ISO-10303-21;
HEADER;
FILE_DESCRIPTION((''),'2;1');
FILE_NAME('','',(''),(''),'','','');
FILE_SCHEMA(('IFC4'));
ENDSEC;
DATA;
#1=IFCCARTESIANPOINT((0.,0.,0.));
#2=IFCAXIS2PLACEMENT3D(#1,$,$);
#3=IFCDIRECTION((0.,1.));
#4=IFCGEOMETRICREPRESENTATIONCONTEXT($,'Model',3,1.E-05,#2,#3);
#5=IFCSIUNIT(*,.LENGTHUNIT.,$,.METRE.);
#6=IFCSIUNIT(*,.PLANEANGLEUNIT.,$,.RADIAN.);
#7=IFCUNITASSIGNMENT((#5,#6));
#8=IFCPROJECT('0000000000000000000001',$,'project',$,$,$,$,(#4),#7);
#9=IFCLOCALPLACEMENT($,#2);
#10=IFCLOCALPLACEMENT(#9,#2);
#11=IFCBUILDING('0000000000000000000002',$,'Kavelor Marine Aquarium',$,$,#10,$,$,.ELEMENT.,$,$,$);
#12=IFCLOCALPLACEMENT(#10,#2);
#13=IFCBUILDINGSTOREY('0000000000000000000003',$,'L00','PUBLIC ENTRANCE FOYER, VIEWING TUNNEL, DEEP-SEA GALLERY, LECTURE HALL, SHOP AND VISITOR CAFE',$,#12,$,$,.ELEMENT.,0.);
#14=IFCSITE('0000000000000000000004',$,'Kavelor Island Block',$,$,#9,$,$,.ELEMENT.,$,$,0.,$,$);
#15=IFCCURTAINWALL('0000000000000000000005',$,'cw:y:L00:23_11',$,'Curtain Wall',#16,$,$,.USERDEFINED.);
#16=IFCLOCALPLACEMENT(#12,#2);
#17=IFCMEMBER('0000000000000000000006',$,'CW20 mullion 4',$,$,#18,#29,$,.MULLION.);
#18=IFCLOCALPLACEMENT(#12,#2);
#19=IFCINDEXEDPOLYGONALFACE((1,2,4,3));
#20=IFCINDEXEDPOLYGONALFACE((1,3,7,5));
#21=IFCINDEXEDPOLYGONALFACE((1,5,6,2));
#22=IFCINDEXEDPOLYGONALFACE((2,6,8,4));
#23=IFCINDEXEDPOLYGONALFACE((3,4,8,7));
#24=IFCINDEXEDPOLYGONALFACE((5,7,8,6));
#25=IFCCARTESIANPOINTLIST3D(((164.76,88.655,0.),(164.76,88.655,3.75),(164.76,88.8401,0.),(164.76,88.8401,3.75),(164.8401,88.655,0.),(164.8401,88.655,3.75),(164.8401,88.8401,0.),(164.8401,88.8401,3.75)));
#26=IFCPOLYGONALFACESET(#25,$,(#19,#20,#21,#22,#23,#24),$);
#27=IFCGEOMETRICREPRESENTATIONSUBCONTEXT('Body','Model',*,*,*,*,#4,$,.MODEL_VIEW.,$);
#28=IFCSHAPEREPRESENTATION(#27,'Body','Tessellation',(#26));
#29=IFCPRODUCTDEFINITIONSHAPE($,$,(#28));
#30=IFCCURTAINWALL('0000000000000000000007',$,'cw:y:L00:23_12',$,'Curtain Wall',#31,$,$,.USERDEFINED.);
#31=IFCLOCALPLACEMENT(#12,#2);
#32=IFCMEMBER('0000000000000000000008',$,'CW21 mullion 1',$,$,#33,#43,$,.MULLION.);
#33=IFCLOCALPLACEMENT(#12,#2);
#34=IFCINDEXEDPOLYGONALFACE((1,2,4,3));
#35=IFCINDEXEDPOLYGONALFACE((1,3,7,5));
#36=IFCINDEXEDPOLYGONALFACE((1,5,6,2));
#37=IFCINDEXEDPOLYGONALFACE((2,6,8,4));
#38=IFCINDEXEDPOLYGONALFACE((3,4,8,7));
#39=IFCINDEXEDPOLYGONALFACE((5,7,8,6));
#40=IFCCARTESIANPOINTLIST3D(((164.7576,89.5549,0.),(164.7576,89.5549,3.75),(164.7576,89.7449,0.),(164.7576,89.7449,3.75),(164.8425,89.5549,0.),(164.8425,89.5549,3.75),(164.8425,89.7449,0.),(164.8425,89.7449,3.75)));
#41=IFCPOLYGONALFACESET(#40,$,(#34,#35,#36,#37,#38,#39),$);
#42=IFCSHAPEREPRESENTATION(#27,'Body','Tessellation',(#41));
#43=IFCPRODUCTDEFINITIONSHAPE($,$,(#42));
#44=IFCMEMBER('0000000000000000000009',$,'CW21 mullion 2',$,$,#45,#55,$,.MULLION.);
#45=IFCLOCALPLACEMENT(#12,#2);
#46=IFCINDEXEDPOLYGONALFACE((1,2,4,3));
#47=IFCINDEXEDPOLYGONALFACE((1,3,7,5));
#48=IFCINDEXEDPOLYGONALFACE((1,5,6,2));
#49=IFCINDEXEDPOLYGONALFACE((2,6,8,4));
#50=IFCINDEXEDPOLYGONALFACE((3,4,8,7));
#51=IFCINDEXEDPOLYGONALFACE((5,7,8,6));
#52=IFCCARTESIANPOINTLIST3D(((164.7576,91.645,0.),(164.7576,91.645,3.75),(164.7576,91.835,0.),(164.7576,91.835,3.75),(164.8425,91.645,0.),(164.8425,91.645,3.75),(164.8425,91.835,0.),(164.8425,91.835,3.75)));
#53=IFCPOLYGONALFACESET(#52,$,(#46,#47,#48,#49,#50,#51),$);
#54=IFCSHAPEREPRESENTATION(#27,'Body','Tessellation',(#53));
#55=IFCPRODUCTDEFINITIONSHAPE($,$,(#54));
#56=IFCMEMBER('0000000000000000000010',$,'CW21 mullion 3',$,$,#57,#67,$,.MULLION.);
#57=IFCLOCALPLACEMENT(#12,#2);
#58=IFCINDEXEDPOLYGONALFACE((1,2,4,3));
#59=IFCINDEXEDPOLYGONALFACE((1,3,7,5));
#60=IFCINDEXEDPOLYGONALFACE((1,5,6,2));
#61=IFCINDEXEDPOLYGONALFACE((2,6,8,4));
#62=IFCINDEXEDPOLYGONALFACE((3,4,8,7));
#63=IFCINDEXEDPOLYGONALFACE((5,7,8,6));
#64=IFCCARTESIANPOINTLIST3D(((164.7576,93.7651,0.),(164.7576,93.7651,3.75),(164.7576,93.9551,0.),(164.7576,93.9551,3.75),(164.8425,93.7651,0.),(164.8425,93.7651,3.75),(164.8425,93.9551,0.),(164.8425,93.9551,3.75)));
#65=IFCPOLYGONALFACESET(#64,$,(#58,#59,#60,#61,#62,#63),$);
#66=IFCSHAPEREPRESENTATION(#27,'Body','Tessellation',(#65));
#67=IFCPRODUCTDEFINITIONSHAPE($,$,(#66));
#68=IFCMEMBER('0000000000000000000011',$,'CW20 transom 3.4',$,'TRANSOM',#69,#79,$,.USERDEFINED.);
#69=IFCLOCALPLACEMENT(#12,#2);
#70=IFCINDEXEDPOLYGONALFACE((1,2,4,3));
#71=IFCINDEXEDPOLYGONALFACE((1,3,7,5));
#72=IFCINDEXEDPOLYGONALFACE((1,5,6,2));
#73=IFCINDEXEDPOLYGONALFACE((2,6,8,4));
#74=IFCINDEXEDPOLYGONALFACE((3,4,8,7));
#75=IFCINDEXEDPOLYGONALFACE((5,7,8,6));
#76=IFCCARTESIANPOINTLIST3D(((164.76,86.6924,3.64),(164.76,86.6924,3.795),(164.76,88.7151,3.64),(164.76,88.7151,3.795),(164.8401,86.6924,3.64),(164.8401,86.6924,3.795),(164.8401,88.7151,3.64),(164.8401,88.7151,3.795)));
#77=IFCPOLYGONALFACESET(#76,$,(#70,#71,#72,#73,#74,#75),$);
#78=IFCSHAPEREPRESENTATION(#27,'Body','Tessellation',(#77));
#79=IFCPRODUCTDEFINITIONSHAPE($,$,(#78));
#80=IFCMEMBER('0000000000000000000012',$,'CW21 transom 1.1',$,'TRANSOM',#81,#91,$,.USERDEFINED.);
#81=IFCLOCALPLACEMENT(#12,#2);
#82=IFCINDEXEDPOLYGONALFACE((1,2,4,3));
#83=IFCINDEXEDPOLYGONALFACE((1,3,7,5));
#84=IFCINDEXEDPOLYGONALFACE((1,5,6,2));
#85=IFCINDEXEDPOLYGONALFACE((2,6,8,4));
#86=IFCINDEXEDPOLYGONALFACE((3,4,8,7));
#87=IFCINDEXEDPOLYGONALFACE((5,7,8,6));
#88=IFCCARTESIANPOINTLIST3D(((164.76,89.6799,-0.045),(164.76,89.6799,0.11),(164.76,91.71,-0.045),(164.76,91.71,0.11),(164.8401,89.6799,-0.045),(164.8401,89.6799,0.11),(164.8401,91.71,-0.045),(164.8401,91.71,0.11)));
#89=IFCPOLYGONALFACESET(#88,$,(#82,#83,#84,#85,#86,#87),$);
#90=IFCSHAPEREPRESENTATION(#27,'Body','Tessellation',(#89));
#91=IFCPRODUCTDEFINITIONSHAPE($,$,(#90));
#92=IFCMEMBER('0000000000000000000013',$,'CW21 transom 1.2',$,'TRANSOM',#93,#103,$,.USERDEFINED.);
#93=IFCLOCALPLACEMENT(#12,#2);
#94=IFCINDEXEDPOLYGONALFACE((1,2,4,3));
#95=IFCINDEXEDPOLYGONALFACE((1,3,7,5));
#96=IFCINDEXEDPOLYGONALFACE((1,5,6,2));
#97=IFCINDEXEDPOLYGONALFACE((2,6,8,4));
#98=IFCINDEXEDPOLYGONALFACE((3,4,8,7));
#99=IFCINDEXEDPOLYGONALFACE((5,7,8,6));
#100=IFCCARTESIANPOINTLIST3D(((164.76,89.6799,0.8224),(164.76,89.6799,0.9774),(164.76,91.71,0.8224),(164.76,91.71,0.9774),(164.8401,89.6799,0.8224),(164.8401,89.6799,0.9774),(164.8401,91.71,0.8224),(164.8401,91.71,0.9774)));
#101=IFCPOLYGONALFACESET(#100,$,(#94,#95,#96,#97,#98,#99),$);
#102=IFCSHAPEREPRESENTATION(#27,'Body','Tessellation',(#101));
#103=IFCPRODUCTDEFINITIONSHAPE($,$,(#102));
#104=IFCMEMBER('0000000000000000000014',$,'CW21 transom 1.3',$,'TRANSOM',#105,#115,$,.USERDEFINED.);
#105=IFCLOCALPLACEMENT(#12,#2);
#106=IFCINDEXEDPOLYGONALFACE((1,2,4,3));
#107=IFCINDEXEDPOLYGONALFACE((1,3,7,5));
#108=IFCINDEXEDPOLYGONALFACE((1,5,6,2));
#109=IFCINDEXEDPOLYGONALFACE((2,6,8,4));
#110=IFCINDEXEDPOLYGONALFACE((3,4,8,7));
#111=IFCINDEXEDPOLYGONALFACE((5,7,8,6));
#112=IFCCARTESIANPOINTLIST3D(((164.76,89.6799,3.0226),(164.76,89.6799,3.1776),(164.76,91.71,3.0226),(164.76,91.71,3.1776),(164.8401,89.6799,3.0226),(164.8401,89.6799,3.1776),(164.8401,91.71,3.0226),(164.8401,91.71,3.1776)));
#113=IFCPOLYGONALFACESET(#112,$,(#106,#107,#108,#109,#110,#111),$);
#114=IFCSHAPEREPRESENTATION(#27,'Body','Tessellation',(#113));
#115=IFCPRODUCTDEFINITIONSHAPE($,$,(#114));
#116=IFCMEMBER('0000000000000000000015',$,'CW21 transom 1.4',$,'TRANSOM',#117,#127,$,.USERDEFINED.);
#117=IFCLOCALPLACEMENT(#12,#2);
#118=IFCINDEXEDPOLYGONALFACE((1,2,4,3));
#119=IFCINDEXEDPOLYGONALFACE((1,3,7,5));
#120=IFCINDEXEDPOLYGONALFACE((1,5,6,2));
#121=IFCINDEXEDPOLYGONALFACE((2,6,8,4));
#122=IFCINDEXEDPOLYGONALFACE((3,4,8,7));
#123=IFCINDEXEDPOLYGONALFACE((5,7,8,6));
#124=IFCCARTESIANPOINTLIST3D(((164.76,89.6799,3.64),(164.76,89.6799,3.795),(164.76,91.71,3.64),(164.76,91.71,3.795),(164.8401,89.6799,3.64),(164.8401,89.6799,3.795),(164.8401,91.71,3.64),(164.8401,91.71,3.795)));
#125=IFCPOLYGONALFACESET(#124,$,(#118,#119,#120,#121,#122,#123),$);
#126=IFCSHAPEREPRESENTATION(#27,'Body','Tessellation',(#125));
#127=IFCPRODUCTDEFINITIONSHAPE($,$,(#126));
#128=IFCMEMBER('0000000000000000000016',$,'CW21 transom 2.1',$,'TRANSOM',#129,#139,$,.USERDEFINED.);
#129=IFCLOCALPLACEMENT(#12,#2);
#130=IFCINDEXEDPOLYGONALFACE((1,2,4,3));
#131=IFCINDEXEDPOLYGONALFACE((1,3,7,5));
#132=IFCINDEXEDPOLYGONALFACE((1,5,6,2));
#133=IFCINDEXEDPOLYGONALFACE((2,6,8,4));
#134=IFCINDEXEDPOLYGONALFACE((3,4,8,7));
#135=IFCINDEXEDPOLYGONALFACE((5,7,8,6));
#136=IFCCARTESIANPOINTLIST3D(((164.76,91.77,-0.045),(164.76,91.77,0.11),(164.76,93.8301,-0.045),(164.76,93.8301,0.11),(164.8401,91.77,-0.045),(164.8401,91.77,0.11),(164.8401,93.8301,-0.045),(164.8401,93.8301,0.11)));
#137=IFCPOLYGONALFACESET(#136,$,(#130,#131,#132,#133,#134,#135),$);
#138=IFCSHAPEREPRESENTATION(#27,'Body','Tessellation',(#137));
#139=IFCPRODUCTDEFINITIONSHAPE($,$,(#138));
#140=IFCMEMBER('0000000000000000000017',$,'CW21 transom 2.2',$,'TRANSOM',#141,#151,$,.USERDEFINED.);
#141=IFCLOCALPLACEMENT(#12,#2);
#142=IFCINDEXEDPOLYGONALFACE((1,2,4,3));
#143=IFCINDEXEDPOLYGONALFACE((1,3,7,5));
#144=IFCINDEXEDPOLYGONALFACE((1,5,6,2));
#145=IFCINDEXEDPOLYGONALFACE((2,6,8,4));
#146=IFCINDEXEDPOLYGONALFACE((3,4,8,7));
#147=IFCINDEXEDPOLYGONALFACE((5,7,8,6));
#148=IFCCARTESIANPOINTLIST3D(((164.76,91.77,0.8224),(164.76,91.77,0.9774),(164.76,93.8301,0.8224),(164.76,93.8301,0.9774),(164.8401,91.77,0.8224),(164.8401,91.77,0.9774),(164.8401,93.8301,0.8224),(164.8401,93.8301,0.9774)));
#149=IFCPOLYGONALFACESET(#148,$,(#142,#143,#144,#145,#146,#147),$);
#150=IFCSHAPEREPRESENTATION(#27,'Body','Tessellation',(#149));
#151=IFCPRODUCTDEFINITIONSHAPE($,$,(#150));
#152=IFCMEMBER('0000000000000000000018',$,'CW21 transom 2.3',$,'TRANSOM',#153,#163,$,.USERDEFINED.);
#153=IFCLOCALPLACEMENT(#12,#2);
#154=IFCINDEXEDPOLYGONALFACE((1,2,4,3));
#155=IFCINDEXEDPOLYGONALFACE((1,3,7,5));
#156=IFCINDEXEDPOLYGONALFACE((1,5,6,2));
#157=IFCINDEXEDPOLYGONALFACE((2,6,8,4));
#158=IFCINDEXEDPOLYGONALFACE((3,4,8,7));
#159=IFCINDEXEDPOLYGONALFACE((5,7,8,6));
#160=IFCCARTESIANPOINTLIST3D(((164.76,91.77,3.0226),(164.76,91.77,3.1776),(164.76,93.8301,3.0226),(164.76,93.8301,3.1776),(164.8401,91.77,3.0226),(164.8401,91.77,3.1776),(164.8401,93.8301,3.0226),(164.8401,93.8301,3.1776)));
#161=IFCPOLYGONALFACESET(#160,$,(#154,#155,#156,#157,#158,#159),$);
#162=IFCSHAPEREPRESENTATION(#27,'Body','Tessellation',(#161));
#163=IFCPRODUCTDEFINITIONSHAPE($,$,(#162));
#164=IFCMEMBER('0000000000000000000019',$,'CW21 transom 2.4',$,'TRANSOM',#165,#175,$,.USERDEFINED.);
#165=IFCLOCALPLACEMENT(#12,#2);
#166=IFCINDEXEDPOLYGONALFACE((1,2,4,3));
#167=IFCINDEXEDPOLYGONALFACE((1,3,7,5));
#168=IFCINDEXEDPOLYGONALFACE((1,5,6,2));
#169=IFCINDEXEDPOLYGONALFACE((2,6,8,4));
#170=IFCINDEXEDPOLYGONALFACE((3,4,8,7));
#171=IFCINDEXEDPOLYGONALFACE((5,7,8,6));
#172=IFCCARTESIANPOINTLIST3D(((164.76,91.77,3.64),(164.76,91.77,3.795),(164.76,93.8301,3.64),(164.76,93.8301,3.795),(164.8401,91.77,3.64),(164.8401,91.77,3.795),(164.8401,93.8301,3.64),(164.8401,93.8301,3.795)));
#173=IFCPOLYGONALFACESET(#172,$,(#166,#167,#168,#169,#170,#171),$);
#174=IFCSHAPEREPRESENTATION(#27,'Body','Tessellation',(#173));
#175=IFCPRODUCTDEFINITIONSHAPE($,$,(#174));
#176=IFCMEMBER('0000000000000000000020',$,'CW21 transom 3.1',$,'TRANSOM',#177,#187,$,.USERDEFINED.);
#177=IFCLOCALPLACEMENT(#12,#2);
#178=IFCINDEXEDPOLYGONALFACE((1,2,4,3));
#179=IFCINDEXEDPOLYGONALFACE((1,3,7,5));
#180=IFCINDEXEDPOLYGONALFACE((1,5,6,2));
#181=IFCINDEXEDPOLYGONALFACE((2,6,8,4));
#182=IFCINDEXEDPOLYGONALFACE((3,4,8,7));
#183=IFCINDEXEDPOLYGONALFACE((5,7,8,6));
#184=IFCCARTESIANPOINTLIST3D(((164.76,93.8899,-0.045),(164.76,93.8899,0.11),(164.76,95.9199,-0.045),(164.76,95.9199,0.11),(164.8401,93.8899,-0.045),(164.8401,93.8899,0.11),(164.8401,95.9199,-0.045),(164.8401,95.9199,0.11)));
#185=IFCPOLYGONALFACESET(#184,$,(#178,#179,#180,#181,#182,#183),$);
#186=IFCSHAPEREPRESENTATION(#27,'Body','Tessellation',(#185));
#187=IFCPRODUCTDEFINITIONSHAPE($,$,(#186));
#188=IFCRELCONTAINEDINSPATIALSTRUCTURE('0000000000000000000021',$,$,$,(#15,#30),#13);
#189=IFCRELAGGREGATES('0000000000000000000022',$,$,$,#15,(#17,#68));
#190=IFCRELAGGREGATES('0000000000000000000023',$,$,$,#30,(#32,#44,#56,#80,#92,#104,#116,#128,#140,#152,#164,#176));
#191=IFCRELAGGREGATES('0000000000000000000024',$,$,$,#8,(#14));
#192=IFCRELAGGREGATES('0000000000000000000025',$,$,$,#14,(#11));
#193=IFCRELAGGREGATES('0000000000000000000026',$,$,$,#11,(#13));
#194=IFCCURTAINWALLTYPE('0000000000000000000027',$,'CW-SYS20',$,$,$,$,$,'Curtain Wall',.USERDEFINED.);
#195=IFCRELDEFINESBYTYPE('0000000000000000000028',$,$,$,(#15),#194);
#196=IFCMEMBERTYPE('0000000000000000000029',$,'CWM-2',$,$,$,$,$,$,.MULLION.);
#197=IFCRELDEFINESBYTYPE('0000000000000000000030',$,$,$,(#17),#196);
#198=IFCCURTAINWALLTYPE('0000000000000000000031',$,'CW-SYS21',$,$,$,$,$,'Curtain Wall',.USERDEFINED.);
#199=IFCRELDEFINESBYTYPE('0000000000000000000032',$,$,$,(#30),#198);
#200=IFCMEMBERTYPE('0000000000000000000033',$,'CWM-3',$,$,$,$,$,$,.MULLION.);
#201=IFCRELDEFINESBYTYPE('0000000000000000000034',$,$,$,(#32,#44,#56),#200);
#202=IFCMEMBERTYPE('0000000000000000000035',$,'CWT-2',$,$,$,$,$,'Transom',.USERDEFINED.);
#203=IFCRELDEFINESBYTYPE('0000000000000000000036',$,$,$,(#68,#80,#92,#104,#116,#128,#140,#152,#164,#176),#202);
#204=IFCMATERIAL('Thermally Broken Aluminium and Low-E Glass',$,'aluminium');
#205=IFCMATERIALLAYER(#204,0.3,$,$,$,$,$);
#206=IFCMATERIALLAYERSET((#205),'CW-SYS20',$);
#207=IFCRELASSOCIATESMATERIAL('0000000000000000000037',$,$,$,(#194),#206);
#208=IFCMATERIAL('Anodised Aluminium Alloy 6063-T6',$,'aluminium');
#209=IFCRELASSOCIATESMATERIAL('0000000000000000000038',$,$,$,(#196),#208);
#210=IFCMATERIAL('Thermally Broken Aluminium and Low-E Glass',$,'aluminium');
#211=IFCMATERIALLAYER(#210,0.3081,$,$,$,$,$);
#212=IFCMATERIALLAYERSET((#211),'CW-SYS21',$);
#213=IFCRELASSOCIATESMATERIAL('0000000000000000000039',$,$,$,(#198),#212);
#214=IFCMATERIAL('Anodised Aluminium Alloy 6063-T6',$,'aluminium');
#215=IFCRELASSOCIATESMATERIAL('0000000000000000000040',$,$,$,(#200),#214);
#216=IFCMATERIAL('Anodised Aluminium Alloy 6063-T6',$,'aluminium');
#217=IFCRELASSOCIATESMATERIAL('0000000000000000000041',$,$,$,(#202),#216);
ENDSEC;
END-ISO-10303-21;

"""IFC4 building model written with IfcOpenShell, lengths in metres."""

from ifc_helpers import new_model, si_unit, direction, frame, origin, origin_2d, place, context, subcontext, project, spatial, rectangle, extrude, material, layer, layer_set, material_profile, profile_set, type_object, element, aggregate, save


model = new_model("IFC4")

# Units and contexts
model_context = context("Model", 3, precision=1e-05, world=origin(), true_north=direction((0.0, 1.0)))
body_context = subcontext(model_context, "Body", "Model", "MODEL_VIEW")
ifc_project = project(units=[si_unit("LENGTHUNIT", "METRE"), si_unit("PLANEANGLEUNIT", "RADIAN")], contexts=[model_context])

# Site, building, storey
site_placement = place(None, origin())
site = spatial("IfcSite", under=ifc_project, at=site_placement, Name="Kavelor Island Block", CompositionType="ELEMENT", RefElevation=0.0)
building_placement = place(site_placement, origin())
building = spatial("IfcBuilding", under=site, at=building_placement, Name="Kavelor Marine Aquarium", CompositionType="ELEMENT")
storey_placement = place(building_placement, origin())
storey = spatial("IfcBuildingStorey", under=building, at=storey_placement, Name="L00", Description="PUBLIC ENTRANCE FOYER, VIEWING TUNNEL, DEEP-SEA GALLERY, LECTURE HALL, SHOP AND VISITOR CAFE", CompositionType="ELEMENT", Elevation=0.0)

# Curtain wall, member
ifc_material_1 = material(Name="Thermally Broken Aluminium and Low-E Glass", Category="aluminium")
ifc_layer_1 = layer(ifc_material_1, 0.3)
ifc_layer_set_1 = layer_set([ifc_layer_1], Name="CW-SYS20")
curtain_wall_type_1 = type_object("IfcCurtainWallType", Name="CW-SYS20", ElementType="Curtain Wall", PredefinedType="USERDEFINED", material=ifc_layer_set_1)
curtain_wall_1_placement = place(storey_placement, origin())
curtain_wall_1 = element("IfcCurtainWall", 1, at=curtain_wall_1_placement, inside=storey, type_object=curtain_wall_type_1, Name="cw:y:L00:23_11", ObjectType="Curtain Wall", PredefinedType="USERDEFINED")
ifc_material_2 = material(Name="Anodised Aluminium Alloy 6063-T6", Category="aluminium")
ifc_material_profile_1 = material_profile(ifc_material_2, rectangle(XDim=0.0801, YDim=0.1851, at=origin_2d()), Name="CW-MUL 80x185")
ifc_profile_set_1 = profile_set([ifc_material_profile_1], Name="Anodised Aluminium Alloy 6063-T6")
member_type_1 = type_object("IfcMemberType", Name="CWM-2", PredefinedType="MULLION", material=ifc_profile_set_1)
member_1_placement = place(storey_placement, frame((164.8, 88.7476, 0.0), z_axis=(0.0, 0.0, 1.0), x_axis=(-1.0, 0.0, 0.0)))
member_1 = element("IfcMember", 2, at=member_1_placement, type_object=member_type_1, Name="CW20 mullion 4", PredefinedType="MULLION", context=body_context, shape_type="SweptSolid", body=[
    extrude(rectangle(XDim=0.0801, YDim=0.1851, at=origin_2d()), origin(), (0.0, 0.0, 1.0), 3.75),
])

# Curtain wall, members
ifc_material_3 = material(Name="Thermally Broken Aluminium and Low-E Glass", Category="aluminium")
ifc_layer_2 = layer(ifc_material_3, 0.3081)
ifc_layer_set_2 = layer_set([ifc_layer_2], Name="CW-SYS21")
curtain_wall_type_2 = type_object("IfcCurtainWallType", Name="CW-SYS21", ElementType="Curtain Wall", PredefinedType="USERDEFINED", material=ifc_layer_set_2)
curtain_wall_2_placement = place(storey_placement, origin())
curtain_wall_2 = element("IfcCurtainWall", 3, at=curtain_wall_2_placement, inside=storey, type_object=curtain_wall_type_2, Name="cw:y:L00:23_12", ObjectType="Curtain Wall", PredefinedType="USERDEFINED")
ifc_material_4 = material(Name="Anodised Aluminium Alloy 6063-T6", Category="aluminium")
ifc_material_profile_2 = material_profile(ifc_material_4, rectangle(XDim=0.085, YDim=0.1899, at=origin_2d()), Name="CW-MUL 85x190")
ifc_profile_set_2 = profile_set([ifc_material_profile_2], Name="Anodised Aluminium Alloy 6063-T6")
member_type_2 = type_object("IfcMemberType", Name="CWM-3", PredefinedType="MULLION", material=ifc_profile_set_2)
member_2_placement = place(storey_placement, frame((164.8, 89.6499, 0.0), z_axis=(0.0, 0.0, 1.0), x_axis=(-1.0, 0.0, 0.0)))
member_2 = element("IfcMember", 4, at=member_2_placement, type_object=member_type_2, Name="CW21 mullion 1", PredefinedType="MULLION", context=body_context, shape_type="SweptSolid", body=[
    extrude(rectangle(XDim=0.085, YDim=0.1899, at=origin_2d()), origin(), (0.0, 0.0, 1.0), 3.75),
])
member_3_placement = place(storey_placement, frame((164.8, 91.74, 0.0), z_axis=(0.0, 0.0, 1.0), x_axis=(-1.0, 0.0, 0.0)))
member_3 = element("IfcMember", 5, at=member_3_placement, type_object=member_type_2, Name="CW21 mullion 2", PredefinedType="MULLION", context=body_context, shape_type="SweptSolid", body=[
    extrude(rectangle(XDim=0.085, YDim=0.1899, at=origin_2d()), origin(), (0.0, 0.0, 1.0), 3.75),
])
member_4_placement = place(storey_placement, frame((164.8, 93.8601, 0.0), z_axis=(0.0, 0.0, 1.0), x_axis=(-1.0, 0.0, 0.0)))
member_4 = element("IfcMember", 6, at=member_4_placement, type_object=member_type_2, Name="CW21 mullion 3", PredefinedType="MULLION", context=body_context, shape_type="SweptSolid", body=[
    extrude(rectangle(XDim=0.085, YDim=0.1899, at=origin_2d()), origin(), (0.0, 0.0, 1.0), 3.75),
])

# Members
ifc_material_5 = material(Name="Anodised Aluminium Alloy 6063-T6", Category="aluminium")
ifc_material_profile_3 = material_profile(ifc_material_5, rectangle(XDim=0.0801, YDim=0.155, at=origin_2d()), Name="CW-TRN 80x155")
ifc_profile_set_3 = profile_set([ifc_material_profile_3], Name="Anodised Aluminium Alloy 6063-T6")
member_type_3 = type_object("IfcMemberType", Name="CWT-2", ElementType="Transom", PredefinedType="USERDEFINED", material=ifc_profile_set_3)
member_5_placement = place(storey_placement, frame((164.8, 86.6924, 3.7175), z_axis=(0.0, 1.0, 0.0), x_axis=(-1.0, 0.0, 0.0)))
member_5 = element("IfcMember", 7, at=member_5_placement, type_object=member_type_3, Name="CW20 transom 3.4", ObjectType="TRANSOM", PredefinedType="USERDEFINED", context=body_context, shape_type="SweptSolid", body=[
    extrude(rectangle(XDim=0.0801, YDim=0.155, at=origin_2d()), origin(), (0.0, 0.0, 1.0), 2.0227),
])
member_6_placement = place(storey_placement, frame((164.8, 89.6799, 0.0325), z_axis=(0.0, 1.0, 0.0), x_axis=(-1.0, 0.0, 0.0)))
member_6 = element("IfcMember", 8, at=member_6_placement, type_object=member_type_3, Name="CW21 transom 1.1", ObjectType="TRANSOM", PredefinedType="USERDEFINED", context=body_context, shape_type="SweptSolid", body=[
    extrude(rectangle(XDim=0.0801, YDim=0.155, at=origin_2d()), origin(), (0.0, 0.0, 1.0), 2.03),
])
member_7_placement = place(storey_placement, frame((164.8, 89.6799, 0.8999), z_axis=(0.0, 1.0, 0.0), x_axis=(-1.0, 0.0, 0.0)))
member_7 = element("IfcMember", 9, at=member_7_placement, type_object=member_type_3, Name="CW21 transom 1.2", ObjectType="TRANSOM", PredefinedType="USERDEFINED", context=body_context, shape_type="SweptSolid", body=[
    extrude(rectangle(XDim=0.0801, YDim=0.155, at=origin_2d()), origin(), (0.0, 0.0, 1.0), 2.03),
])
member_8_placement = place(storey_placement, frame((164.8, 89.6799, 3.1001), z_axis=(0.0, 1.0, 0.0), x_axis=(-1.0, 0.0, 0.0)))
member_8 = element("IfcMember", 10, at=member_8_placement, type_object=member_type_3, Name="CW21 transom 1.3", ObjectType="TRANSOM", PredefinedType="USERDEFINED", context=body_context, shape_type="SweptSolid", body=[
    extrude(rectangle(XDim=0.0801, YDim=0.155, at=origin_2d()), origin(), (0.0, 0.0, 1.0), 2.03),
])
member_9_placement = place(storey_placement, frame((164.8, 89.6799, 3.7175), z_axis=(0.0, 1.0, 0.0), x_axis=(-1.0, 0.0, 0.0)))
member_9 = element("IfcMember", 11, at=member_9_placement, type_object=member_type_3, Name="CW21 transom 1.4", ObjectType="TRANSOM", PredefinedType="USERDEFINED", context=body_context, shape_type="SweptSolid", body=[
    extrude(rectangle(XDim=0.0801, YDim=0.155, at=origin_2d()), origin(), (0.0, 0.0, 1.0), 2.03),
])
member_10_placement = place(storey_placement, frame((164.8, 91.77, 0.0325), z_axis=(0.0, 1.0, 0.0), x_axis=(-1.0, 0.0, 0.0)))
member_10 = element("IfcMember", 12, at=member_10_placement, type_object=member_type_3, Name="CW21 transom 2.1", ObjectType="TRANSOM", PredefinedType="USERDEFINED", context=body_context, shape_type="SweptSolid", body=[
    extrude(rectangle(XDim=0.0801, YDim=0.155, at=origin_2d()), origin(), (0.0, 0.0, 1.0), 2.0601),
])
member_11_placement = place(storey_placement, frame((164.8, 91.77, 0.8999), z_axis=(0.0, 1.0, 0.0), x_axis=(-1.0, 0.0, 0.0)))
member_11 = element("IfcMember", 13, at=member_11_placement, type_object=member_type_3, Name="CW21 transom 2.2", ObjectType="TRANSOM", PredefinedType="USERDEFINED", context=body_context, shape_type="SweptSolid", body=[
    extrude(rectangle(XDim=0.0801, YDim=0.155, at=origin_2d()), origin(), (0.0, 0.0, 1.0), 2.0601),
])
member_12_placement = place(storey_placement, frame((164.8, 91.77, 3.1001), z_axis=(0.0, 1.0, 0.0), x_axis=(-1.0, 0.0, 0.0)))
member_12 = element("IfcMember", 14, at=member_12_placement, type_object=member_type_3, Name="CW21 transom 2.3", ObjectType="TRANSOM", PredefinedType="USERDEFINED", context=body_context, shape_type="SweptSolid", body=[
    extrude(rectangle(XDim=0.0801, YDim=0.155, at=origin_2d()), origin(), (0.0, 0.0, 1.0), 2.0601),
])
member_13_placement = place(storey_placement, frame((164.8, 91.77, 3.7175), z_axis=(0.0, 1.0, 0.0), x_axis=(-1.0, 0.0, 0.0)))
member_13 = element("IfcMember", 15, at=member_13_placement, type_object=member_type_3, Name="CW21 transom 2.4", ObjectType="TRANSOM", PredefinedType="USERDEFINED", context=body_context, shape_type="SweptSolid", body=[
    extrude(rectangle(XDim=0.0801, YDim=0.155, at=origin_2d()), origin(), (0.0, 0.0, 1.0), 2.0601),
])
member_14_placement = place(storey_placement, frame((164.8, 93.8899, 0.0325), z_axis=(0.0, 1.0, 0.0), x_axis=(-1.0, 0.0, 0.0)))
member_14 = element("IfcMember", 16, at=member_14_placement, type_object=member_type_3, Name="CW21 transom 3.1", ObjectType="TRANSOM", PredefinedType="USERDEFINED", context=body_context, shape_type="SweptSolid", body=[
    extrude(rectangle(XDim=0.0801, YDim=0.155, at=origin_2d()), origin(), (0.0, 0.0, 1.0), 2.03),
])

aggregate(curtain_wall_1, [member_1, member_5])
aggregate(curtain_wall_2, [member_2, member_3, member_4, member_6, member_7, member_8, member_9, member_10, member_11, member_12, member_13, member_14])

save(model, "model.ifc")
